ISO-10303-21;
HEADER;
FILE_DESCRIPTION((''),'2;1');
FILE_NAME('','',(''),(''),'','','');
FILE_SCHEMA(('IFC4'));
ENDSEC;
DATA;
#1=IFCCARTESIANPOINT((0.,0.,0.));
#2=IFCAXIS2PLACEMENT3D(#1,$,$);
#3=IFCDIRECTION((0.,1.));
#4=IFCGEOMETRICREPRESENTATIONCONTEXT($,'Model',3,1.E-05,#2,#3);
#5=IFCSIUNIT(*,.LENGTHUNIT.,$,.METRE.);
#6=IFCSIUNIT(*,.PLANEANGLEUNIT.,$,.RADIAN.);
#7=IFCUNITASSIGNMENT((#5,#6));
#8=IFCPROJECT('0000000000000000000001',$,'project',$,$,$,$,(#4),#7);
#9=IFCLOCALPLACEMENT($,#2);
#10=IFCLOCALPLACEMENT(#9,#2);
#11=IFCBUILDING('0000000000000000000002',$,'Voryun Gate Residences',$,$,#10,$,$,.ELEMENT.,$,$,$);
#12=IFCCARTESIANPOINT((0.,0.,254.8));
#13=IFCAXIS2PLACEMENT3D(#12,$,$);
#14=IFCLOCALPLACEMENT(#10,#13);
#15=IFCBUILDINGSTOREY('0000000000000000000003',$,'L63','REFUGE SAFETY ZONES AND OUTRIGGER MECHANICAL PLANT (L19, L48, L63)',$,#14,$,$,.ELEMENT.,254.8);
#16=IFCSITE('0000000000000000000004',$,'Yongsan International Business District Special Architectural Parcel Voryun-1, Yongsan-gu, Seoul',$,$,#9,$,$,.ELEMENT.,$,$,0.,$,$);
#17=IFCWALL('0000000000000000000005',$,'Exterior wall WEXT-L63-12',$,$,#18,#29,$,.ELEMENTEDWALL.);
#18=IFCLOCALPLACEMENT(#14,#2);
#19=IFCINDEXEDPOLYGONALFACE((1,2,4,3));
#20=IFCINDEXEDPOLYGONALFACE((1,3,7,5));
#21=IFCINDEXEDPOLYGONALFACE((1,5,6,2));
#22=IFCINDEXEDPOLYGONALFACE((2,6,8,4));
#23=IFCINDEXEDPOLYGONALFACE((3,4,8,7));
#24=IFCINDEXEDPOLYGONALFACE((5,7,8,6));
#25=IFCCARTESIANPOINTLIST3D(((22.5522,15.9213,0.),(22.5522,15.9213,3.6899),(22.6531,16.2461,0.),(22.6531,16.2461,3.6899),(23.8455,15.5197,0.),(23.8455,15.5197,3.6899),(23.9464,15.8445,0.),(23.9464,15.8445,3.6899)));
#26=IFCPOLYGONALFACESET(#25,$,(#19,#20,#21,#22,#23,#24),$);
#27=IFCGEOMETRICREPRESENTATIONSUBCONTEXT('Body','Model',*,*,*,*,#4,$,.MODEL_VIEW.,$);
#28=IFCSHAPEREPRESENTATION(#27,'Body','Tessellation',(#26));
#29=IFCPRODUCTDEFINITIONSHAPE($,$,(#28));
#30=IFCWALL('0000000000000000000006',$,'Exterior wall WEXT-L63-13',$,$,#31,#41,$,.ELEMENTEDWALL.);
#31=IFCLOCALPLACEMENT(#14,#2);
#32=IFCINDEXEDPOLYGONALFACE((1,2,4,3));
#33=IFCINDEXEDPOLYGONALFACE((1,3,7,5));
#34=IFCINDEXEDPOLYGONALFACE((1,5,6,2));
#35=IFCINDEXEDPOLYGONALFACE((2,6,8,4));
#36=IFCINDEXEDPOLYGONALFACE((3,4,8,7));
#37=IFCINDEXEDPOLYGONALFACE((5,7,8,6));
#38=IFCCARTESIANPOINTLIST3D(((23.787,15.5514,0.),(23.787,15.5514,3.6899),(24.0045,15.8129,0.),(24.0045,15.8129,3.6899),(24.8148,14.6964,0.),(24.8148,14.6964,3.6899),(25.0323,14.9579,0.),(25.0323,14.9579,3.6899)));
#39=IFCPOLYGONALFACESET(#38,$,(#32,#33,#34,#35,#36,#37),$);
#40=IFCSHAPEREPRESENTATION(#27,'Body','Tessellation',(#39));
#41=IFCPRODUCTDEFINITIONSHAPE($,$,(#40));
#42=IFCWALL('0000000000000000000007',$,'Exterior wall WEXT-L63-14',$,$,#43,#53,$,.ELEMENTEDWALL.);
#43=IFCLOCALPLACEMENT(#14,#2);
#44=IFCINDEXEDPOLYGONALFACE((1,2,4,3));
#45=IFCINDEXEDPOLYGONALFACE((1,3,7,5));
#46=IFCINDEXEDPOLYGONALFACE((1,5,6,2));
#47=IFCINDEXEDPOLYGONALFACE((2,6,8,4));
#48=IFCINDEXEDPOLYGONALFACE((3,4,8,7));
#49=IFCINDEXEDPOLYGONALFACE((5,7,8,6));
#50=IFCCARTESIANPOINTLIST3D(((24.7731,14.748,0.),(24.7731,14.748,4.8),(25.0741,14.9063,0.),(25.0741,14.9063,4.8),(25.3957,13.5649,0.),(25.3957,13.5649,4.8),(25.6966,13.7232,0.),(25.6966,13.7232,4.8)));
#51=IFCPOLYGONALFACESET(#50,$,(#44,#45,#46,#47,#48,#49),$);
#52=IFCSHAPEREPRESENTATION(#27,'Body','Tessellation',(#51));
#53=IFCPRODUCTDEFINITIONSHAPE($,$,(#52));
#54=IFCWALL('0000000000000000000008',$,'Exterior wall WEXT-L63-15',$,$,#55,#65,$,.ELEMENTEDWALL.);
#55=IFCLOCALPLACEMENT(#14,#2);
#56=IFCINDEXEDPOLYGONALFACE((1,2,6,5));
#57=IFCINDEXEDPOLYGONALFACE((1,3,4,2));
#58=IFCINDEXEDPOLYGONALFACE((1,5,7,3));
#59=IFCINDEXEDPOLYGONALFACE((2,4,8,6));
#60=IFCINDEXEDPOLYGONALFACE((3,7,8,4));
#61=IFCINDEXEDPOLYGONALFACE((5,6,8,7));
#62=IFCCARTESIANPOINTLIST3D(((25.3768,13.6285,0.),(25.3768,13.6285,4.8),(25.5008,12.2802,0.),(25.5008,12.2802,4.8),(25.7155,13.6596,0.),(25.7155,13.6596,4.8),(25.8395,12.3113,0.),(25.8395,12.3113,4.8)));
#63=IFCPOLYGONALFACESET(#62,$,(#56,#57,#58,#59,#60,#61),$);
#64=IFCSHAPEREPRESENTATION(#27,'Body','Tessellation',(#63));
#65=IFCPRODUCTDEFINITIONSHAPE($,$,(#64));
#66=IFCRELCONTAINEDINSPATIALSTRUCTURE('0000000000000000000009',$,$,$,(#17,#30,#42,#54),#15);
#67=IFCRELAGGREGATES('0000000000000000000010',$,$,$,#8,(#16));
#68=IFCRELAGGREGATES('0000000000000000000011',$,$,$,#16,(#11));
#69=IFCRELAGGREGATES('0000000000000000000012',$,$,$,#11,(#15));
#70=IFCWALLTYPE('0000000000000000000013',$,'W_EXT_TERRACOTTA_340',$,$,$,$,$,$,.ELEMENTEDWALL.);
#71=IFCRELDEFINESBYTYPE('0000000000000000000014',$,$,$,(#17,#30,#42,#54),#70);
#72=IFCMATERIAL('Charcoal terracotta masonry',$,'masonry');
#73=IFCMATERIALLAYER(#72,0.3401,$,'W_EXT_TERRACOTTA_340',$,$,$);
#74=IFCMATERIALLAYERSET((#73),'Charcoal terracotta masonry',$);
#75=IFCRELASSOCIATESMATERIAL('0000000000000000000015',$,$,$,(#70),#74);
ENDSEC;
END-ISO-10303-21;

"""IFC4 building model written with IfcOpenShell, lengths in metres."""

from ifc_helpers import new_model, si_unit, direction, frame, frame_2d, origin, place, context, subcontext, project, spatial, rectangle, extrude, material, layer, layer_set, type_object, element, save


model = new_model("IFC4")

# Units and contexts
model_context = context("Model", 3, precision=1e-05, world=origin(), true_north=direction((0.0, 1.0)))
body_context = subcontext(model_context, "Body", "Model", "MODEL_VIEW")
ifc_project = project(units=[si_unit("LENGTHUNIT", "METRE"), si_unit("PLANEANGLEUNIT", "RADIAN")], contexts=[model_context])

# Site, building, storey
site_placement = place(None, origin())
site = spatial("IfcSite", under=ifc_project, at=site_placement, Name="Yongsan International Business District Special Architectural Parcel Voryun-1, Yongsan-gu, Seoul", CompositionType="ELEMENT", RefElevation=0.0)
building_placement = place(site_placement, origin())
building = spatial("IfcBuilding", under=site, at=building_placement, Name="Voryun Gate Residences", CompositionType="ELEMENT")
storey_placement = place(building_placement, frame((0.0, 0.0, 254.8)))
storey = spatial("IfcBuildingStorey", under=building, at=storey_placement, Name="L63", Description="REFUGE SAFETY ZONES AND OUTRIGGER MECHANICAL PLANT (L19, L48, L63)", CompositionType="ELEMENT", Elevation=254.8)

# Walls
ifc_material_1 = material(Name="Charcoal terracotta masonry", Category="masonry")
ifc_layer_1 = layer(ifc_material_1, 0.3401, Name="W_EXT_TERRACOTTA_340")
ifc_layer_set_1 = layer_set([ifc_layer_1], Name="Charcoal terracotta masonry")
wall_type_1 = type_object("IfcWallType", Name="W_EXT_TERRACOTTA_340", PredefinedType="ELEMENTEDWALL", material=ifc_layer_set_1)
wall_1_placement = place(storey_placement, frame((22.6025, 16.0837, 0.0), z_axis=(0.0, 0.0, 1.0), x_axis=(0.955008, -0.296581, 0.0)))
element("IfcWall", 1, at=wall_1_placement, inside=storey, type_object=wall_type_1, Name="Exterior wall WEXT-L63-12", PredefinedType="ELEMENTEDWALL", context=body_context, shape_type="SweptSolid", body=[
    extrude(rectangle(XDim=1.3542, YDim=0.3401, at=frame_2d((0.6772, 0.0))), origin(), (0.0, 0.0, 1.0), 3.6899),
])
wall_2_placement = place(storey_placement, frame((23.8958, 15.6821, 0.0), z_axis=(0.0, 0.0, 1.0), x_axis=(0.76879, -0.639502, 0.0)))
element("IfcWall", 2, at=wall_2_placement, inside=storey, type_object=wall_type_1, Name="Exterior wall WEXT-L63-13", PredefinedType="ELEMENTEDWALL", context=body_context, shape_type="SweptSolid", body=[
    extrude(rectangle(XDim=1.3369, YDim=0.3401, at=frame_2d((0.6685, 0.0))), origin(), (0.0, 0.0, 1.0), 3.6899),
])
wall_3_placement = place(storey_placement, frame((24.9236, 14.8271, 0.0), z_axis=(0.0, 0.0, 1.0), x_axis=(0.465671, -0.884958, 0.0)))
element("IfcWall", 3, at=wall_3_placement, inside=storey, type_object=wall_type_1, Name="Exterior wall WEXT-L63-14", PredefinedType="ELEMENTEDWALL", context=body_context, shape_type="SweptSolid", body=[
    extrude(rectangle(XDim=1.3369, YDim=0.3401, at=frame_2d((0.6685, 0.0))), origin(), (0.0, 0.0, 1.0), 4.8),
])
wall_4_placement = place(storey_placement, frame((25.5461, 13.644, 0.0), z_axis=(0.0, 0.0, 1.0), x_axis=(0.091592, -0.995797, 0.0)))
element("IfcWall", 4, at=wall_4_placement, inside=storey, type_object=wall_type_1, Name="Exterior wall WEXT-L63-15", PredefinedType="ELEMENTEDWALL", context=body_context, shape_type="SweptSolid", body=[
    extrude(rectangle(XDim=1.354, YDim=0.3401, at=frame_2d((0.677, 0.0))), origin(), (0.0, 0.0, 1.0), 4.8),
])

save(model, "model.ifc")
